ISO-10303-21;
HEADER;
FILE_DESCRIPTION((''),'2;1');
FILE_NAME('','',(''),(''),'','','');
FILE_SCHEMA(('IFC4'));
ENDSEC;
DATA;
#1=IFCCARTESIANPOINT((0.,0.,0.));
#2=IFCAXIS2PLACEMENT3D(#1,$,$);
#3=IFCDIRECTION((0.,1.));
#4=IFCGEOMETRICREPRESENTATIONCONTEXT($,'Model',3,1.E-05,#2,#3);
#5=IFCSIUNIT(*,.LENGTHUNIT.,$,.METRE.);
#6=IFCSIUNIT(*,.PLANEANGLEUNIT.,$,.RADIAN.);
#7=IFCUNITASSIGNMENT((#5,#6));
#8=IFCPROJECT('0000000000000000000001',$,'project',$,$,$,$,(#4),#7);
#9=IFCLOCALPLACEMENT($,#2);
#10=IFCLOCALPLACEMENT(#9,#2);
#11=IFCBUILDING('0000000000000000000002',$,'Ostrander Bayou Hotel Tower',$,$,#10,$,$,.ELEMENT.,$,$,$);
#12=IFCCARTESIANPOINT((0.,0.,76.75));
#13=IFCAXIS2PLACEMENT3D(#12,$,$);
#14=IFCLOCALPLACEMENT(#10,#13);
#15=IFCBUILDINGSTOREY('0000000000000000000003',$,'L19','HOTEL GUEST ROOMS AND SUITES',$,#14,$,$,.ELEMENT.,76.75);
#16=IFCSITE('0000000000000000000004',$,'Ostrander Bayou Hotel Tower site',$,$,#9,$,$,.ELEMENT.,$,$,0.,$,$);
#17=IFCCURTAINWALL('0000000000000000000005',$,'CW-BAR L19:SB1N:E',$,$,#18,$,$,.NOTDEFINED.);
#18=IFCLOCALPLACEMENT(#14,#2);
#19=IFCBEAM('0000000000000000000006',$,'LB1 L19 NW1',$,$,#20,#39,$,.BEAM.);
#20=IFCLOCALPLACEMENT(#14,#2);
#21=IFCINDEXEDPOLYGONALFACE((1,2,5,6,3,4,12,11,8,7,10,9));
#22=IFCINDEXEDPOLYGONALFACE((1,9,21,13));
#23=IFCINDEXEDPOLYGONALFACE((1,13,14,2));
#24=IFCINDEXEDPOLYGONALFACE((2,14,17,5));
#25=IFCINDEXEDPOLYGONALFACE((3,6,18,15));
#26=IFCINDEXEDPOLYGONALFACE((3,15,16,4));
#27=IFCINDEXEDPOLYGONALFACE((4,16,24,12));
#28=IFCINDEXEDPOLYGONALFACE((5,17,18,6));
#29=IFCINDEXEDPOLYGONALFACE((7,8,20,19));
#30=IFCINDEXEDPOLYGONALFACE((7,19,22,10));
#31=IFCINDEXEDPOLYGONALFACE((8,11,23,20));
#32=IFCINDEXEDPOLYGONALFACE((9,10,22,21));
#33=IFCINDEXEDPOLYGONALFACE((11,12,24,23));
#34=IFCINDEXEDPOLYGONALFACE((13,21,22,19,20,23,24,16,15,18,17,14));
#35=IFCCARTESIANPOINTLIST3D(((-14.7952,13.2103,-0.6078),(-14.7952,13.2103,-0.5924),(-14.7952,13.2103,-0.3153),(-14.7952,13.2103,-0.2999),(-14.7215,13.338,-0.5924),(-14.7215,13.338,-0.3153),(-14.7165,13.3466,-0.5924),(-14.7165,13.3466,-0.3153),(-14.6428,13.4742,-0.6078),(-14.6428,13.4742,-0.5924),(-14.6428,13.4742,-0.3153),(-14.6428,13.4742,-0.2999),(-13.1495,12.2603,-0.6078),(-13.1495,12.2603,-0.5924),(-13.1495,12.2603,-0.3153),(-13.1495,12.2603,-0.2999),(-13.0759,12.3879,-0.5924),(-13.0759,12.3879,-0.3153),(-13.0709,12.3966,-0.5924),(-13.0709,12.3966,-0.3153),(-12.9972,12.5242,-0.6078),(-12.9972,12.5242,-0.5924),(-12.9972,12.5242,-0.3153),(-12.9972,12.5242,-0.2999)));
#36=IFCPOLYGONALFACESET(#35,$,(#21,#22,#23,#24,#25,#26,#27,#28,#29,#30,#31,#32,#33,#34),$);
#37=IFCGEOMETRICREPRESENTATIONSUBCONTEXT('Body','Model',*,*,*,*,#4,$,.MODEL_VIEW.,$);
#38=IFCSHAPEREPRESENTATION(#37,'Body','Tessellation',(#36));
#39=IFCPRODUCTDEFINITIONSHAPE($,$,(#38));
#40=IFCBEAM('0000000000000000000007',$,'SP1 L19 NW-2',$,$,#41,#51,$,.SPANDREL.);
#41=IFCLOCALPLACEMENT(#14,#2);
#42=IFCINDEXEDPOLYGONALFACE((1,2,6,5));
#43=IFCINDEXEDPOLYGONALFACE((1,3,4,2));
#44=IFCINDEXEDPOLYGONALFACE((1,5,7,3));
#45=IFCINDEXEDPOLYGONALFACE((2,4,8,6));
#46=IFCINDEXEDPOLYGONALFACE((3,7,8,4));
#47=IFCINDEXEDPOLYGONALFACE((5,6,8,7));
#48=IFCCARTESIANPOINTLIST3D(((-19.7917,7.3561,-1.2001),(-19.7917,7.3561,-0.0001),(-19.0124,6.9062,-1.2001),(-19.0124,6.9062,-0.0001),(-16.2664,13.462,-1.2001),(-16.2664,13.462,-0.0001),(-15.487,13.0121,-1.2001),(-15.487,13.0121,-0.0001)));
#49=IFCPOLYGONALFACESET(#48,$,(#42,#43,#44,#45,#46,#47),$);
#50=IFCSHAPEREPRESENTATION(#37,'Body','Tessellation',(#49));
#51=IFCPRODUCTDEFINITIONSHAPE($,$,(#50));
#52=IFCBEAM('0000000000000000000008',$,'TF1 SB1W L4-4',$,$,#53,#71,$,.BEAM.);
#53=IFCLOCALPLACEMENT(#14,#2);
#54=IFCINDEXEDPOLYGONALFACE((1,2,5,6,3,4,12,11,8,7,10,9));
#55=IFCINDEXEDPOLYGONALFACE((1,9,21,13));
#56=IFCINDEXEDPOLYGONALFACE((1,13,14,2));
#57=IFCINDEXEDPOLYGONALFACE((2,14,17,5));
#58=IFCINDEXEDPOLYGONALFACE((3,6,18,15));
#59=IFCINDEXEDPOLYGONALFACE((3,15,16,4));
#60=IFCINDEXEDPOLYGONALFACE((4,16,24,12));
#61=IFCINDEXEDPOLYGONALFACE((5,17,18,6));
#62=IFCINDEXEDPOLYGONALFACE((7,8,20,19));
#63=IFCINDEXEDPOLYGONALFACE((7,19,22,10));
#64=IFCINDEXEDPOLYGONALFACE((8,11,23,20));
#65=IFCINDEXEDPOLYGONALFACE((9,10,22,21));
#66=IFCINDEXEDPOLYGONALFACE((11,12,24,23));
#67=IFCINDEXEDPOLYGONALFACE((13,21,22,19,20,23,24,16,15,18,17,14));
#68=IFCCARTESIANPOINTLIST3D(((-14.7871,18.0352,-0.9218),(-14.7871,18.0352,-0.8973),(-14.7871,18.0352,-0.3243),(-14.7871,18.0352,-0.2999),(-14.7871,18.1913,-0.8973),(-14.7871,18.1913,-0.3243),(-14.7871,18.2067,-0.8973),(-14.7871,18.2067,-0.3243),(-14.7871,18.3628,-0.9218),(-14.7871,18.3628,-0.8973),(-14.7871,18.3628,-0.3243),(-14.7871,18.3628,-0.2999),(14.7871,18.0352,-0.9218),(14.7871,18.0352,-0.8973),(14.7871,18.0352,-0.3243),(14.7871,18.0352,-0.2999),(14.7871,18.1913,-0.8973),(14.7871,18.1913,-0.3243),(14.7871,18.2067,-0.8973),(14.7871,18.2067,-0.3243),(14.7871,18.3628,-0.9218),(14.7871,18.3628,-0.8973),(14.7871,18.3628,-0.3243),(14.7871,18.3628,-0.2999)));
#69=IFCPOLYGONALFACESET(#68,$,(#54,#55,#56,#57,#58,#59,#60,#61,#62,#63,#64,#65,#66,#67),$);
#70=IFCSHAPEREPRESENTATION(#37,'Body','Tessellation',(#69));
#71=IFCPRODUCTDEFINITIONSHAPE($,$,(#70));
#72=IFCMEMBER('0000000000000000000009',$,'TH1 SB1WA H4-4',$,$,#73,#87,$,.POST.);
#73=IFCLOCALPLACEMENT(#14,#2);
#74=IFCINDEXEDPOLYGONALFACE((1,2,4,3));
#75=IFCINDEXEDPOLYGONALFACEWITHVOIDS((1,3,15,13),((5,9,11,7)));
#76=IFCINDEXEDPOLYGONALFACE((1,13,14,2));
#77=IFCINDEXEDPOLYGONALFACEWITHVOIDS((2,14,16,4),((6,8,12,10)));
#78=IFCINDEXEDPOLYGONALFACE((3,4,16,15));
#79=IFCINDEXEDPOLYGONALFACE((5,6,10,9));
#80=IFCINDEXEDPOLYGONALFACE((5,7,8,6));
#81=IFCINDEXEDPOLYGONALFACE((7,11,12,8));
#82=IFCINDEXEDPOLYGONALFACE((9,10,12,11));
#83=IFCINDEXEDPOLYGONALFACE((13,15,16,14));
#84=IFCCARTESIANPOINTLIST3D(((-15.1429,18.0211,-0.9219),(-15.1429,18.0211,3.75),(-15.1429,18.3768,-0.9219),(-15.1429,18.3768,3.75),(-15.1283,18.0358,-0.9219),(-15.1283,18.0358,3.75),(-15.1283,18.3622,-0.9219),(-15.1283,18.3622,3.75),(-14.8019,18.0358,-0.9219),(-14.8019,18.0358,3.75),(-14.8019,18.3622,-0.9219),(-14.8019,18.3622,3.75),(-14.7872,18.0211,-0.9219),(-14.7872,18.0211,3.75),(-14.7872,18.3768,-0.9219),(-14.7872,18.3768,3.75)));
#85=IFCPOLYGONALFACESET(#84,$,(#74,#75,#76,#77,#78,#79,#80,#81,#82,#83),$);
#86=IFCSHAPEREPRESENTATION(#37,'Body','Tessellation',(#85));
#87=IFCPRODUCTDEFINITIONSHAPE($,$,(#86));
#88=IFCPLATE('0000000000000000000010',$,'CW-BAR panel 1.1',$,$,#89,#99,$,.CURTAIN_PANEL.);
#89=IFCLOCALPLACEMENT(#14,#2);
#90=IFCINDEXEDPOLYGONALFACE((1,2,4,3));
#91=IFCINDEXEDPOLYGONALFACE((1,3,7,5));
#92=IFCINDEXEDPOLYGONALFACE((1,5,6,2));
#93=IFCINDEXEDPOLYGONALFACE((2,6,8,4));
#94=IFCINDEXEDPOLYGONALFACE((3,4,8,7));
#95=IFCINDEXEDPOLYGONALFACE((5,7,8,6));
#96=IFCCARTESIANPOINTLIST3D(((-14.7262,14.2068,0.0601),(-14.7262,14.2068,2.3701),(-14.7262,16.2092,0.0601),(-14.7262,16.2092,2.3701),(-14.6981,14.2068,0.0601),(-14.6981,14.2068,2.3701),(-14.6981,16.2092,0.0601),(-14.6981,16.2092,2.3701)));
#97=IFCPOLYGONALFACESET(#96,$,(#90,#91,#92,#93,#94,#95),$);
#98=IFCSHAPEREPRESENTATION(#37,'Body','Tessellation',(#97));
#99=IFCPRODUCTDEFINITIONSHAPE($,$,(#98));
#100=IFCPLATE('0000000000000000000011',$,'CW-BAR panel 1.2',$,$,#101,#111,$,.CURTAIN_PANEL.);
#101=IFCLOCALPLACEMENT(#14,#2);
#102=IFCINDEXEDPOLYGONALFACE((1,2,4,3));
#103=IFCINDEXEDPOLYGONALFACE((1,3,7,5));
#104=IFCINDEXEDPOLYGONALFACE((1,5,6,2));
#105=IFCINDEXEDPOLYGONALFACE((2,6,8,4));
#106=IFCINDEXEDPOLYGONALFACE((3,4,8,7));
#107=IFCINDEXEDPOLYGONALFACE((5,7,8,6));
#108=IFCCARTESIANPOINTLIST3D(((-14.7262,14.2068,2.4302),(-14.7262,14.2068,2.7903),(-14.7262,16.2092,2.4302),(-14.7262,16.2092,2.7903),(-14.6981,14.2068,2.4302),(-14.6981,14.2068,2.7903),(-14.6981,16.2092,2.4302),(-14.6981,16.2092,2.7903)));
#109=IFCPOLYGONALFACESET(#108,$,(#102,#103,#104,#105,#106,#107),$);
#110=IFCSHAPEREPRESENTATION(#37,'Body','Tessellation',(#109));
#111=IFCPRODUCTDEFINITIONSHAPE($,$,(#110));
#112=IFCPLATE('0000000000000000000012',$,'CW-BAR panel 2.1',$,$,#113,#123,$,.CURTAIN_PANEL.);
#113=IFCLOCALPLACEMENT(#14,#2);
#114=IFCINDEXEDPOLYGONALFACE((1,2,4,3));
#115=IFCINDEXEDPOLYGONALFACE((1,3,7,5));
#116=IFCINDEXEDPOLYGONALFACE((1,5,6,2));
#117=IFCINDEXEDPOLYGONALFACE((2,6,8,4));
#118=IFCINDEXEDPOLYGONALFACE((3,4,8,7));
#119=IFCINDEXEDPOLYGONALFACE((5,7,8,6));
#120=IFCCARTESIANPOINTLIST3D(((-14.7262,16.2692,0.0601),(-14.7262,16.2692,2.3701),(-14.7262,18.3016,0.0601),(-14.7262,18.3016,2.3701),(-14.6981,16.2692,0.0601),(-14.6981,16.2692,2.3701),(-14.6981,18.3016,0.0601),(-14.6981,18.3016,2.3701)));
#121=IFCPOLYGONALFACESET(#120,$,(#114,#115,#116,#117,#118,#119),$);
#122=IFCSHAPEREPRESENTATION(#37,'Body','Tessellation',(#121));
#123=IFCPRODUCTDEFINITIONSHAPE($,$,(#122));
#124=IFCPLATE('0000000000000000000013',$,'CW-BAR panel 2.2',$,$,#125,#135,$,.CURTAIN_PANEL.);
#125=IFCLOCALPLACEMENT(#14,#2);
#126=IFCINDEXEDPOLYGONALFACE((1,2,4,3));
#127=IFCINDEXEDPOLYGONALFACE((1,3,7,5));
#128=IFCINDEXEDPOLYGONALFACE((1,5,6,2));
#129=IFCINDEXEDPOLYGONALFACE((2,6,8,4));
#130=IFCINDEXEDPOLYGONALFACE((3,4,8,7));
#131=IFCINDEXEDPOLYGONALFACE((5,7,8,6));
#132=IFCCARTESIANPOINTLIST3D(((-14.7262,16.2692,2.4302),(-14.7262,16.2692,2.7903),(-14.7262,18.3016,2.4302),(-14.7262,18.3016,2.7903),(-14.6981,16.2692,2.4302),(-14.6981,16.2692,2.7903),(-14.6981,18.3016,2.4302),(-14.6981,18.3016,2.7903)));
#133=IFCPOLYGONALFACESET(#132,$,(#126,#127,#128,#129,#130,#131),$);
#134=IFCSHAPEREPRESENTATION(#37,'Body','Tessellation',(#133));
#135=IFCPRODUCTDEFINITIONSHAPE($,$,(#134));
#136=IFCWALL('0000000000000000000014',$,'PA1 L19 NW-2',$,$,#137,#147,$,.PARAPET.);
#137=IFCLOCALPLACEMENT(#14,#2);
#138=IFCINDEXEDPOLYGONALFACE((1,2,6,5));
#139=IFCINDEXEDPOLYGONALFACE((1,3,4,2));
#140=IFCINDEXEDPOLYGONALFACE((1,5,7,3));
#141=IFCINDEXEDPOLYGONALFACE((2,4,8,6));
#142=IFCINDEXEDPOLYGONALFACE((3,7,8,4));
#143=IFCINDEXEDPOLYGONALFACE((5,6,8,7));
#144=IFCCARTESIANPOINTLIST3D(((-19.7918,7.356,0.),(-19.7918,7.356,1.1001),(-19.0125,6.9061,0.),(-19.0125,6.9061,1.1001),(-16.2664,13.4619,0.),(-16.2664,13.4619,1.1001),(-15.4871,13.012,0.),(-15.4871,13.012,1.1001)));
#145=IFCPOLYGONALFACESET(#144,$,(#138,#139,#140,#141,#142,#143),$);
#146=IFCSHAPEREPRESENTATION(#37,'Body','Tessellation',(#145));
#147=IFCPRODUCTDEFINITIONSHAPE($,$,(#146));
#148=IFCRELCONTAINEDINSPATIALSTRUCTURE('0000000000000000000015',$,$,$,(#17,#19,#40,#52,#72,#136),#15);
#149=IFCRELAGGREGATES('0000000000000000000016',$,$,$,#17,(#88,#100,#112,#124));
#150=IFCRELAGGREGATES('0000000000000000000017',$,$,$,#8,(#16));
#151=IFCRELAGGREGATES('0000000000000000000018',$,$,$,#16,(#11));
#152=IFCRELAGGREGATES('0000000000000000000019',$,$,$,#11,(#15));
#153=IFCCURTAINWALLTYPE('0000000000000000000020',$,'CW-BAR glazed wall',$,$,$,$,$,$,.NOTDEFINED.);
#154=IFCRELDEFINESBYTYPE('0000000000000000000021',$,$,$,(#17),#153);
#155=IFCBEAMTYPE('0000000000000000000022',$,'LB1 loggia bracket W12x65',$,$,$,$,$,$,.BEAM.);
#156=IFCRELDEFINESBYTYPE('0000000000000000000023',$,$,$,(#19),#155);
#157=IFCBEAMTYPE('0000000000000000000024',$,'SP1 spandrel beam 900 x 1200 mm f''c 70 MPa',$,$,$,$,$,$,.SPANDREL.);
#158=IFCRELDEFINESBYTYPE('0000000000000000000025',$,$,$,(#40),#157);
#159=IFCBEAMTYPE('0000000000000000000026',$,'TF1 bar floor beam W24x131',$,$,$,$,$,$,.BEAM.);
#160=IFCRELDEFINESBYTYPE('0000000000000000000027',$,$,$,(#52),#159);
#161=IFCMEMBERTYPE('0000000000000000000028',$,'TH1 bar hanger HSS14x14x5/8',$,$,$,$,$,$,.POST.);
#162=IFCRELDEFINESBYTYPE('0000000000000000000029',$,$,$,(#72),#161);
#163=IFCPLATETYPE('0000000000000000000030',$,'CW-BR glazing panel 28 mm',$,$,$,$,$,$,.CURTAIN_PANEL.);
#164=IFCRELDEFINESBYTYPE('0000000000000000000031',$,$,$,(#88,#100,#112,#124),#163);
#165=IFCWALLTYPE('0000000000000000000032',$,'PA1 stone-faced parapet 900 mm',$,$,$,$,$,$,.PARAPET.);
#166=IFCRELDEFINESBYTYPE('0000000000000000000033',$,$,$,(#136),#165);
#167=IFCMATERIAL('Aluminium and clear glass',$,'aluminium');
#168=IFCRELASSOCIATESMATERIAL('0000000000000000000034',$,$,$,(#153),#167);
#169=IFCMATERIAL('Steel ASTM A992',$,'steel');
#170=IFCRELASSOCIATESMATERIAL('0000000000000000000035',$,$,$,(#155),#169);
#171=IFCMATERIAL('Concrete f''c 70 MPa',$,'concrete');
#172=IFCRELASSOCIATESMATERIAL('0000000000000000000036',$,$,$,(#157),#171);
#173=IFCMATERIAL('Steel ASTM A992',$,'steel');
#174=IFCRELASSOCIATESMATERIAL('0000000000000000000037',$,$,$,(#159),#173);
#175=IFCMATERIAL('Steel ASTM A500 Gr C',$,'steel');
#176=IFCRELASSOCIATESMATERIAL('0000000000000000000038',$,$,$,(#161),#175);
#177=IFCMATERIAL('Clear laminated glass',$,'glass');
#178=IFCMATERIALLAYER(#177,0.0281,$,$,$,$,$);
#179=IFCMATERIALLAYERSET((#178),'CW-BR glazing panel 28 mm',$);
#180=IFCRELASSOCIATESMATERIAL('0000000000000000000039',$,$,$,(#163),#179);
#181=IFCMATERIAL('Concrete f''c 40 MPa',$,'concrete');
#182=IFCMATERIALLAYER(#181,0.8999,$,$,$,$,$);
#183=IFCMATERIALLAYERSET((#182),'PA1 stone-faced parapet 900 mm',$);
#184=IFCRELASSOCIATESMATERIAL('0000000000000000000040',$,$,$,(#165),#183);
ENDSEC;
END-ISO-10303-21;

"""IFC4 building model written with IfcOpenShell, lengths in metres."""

from ifc_helpers import new_model, si_unit, direction, frame, frame_2d, origin, origin_2d, place, context, subcontext, project, spatial, rectangle, hollow_rectangle, i_section, extrude, material, layer, layer_set, material_profile, profile_set, type_object, element, aggregate, save


model = new_model("IFC4")

# Units and contexts
model_context = context("Model", 3, precision=1e-05, world=origin(), true_north=direction((0.0, 1.0)))
body_context = subcontext(model_context, "Body", "Model", "MODEL_VIEW")
ifc_project = project(units=[si_unit("LENGTHUNIT", "METRE"), si_unit("PLANEANGLEUNIT", "RADIAN")], contexts=[model_context])

# Site, building, storey
site_placement = place(None, origin())
site = spatial("IfcSite", under=ifc_project, at=site_placement, Name="Ostrander Bayou Hotel Tower site", CompositionType="ELEMENT", RefElevation=0.0)
building_placement = place(site_placement, origin())
building = spatial("IfcBuilding", under=site, at=building_placement, Name="Ostrander Bayou Hotel Tower", CompositionType="ELEMENT")
storey_placement = place(building_placement, frame((0.0, 0.0, 76.75)))
storey = spatial("IfcBuildingStorey", under=building, at=storey_placement, Name="L19", Description="HOTEL GUEST ROOMS AND SUITES", CompositionType="ELEMENT", Elevation=76.75)

# Curtain wall
ifc_material_1 = material(Name="Aluminium and clear glass", Category="aluminium")
curtain_wall_type = type_object("IfcCurtainWallType", Name="CW-BAR glazed wall", PredefinedType="NOTDEFINED", material=ifc_material_1)
curtain_wall_placement = place(storey_placement, origin())
curtain_wall = element("IfcCurtainWall", 1, at=curtain_wall_placement, inside=storey, type_object=curtain_wall_type, Name="CW-BAR L19:SB1N:E", PredefinedType="NOTDEFINED")

# Beams
ifc_material_2 = material(Name="Steel ASTM A992", Category="steel")
ifc_material_profile_1 = material_profile(ifc_material_2, i_section(OverallWidth=0.3047, OverallDepth=0.3079, WebThickness=0.01, FlangeThickness=0.0154, at=origin_2d()))
ifc_profile_set_1 = profile_set([ifc_material_profile_1], Name="Steel ASTM A992")
beam_type_1 = type_object("IfcBeamType", Name="LB1 loggia bracket W12x65", PredefinedType="BEAM", material=ifc_profile_set_1)
beam_1_placement = place(storey_placement, frame((-14.719, 13.3423, -0.4539), z_axis=(0.866044, -0.499967, 0.0), x_axis=(0.499967, 0.866044, 0.0)))
element("IfcBeam", 2, at=beam_1_placement, inside=storey, type_object=beam_type_1, Name="LB1 L19 NW1", PredefinedType="BEAM", context=body_context, shape_type="SweptSolid", body=[
    extrude(i_section(OverallWidth=0.3047, OverallDepth=0.3079, WebThickness=0.01, FlangeThickness=0.0154, at=origin_2d()), origin(), (0.0, 0.0, 1.0), 1.9001),
])
ifc_material_3 = material(Name="Concrete f'c 70 MPa", Category="concrete")
ifc_material_profile_2 = material_profile(ifc_material_3, rectangle(XDim=0.8999, YDim=1.2, at=origin_2d()))
ifc_profile_set_2 = profile_set([ifc_material_profile_2], Name="Concrete f'c 70 MPa")
beam_type_2 = type_object("IfcBeamType", Name="SP1 spandrel beam 900 x 1200 mm f'c 70 MPa", PredefinedType="SPANDREL", material=ifc_profile_set_2)
beam_2_placement = place(storey_placement, frame((-15.8767, 13.2371, -0.6001), z_axis=(-0.500012, -0.866018, 0.0), x_axis=(0.866018, -0.500012, 0.0)))
element("IfcBeam", 3, at=beam_2_placement, inside=storey, type_object=beam_type_2, Name="SP1 L19 NW-2", PredefinedType="SPANDREL", context=body_context, shape_type="SweptSolid", body=[
    extrude(rectangle(XDim=0.8999, YDim=1.2, at=origin_2d()), origin(), (0.0, 0.0, 1.0), 7.0505),
])
ifc_material_4 = material(Name="Steel ASTM A992", Category="steel")
ifc_material_profile_3 = material_profile(ifc_material_4, i_section(OverallWidth=0.3276, OverallDepth=0.6218, WebThickness=0.0154, FlangeThickness=0.0244, at=origin_2d()))
ifc_profile_set_3 = profile_set([ifc_material_profile_3], Name="Steel ASTM A992")
beam_type_3 = type_object("IfcBeamType", Name="TF1 bar floor beam W24x131", PredefinedType="BEAM", material=ifc_profile_set_3)
beam_3_placement = place(storey_placement, frame((-14.7871, 18.199, -0.6108), z_axis=(1.0, 0.0, 0.0), x_axis=(0.0, 1.0, 0.0)))
element("IfcBeam", 4, at=beam_3_placement, inside=storey, type_object=beam_type_3, Name="TF1 SB1W L4-4", PredefinedType="BEAM", context=body_context, shape_type="SweptSolid", body=[
    extrude(i_section(OverallWidth=0.3276, OverallDepth=0.6218, WebThickness=0.0154, FlangeThickness=0.0244, at=origin_2d()), origin(), (0.0, 0.0, 1.0), 29.5742),
])

# Member
ifc_material_5 = material(Name="Steel ASTM A500 Gr C", Category="steel")
ifc_material_profile_4 = material_profile(ifc_material_5, hollow_rectangle(XDim=0.3557, YDim=0.3557, WallThickness=0.0146, at=origin_2d()))
ifc_profile_set_4 = profile_set([ifc_material_profile_4], Name="Steel ASTM A500 Gr C")
member_type_1 = type_object("IfcMemberType", Name="TH1 bar hanger HSS14x14x5/8", PredefinedType="POST", material=ifc_profile_set_4)
member_1_placement = place(storey_placement, frame((-14.9651, 18.199, -0.9219), z_axis=(0.0, 0.0, 1.0), x_axis=(1.0, 0.0, 0.0)))
element("IfcMember", 5, at=member_1_placement, inside=storey, type_object=member_type_1, Name="TH1 SB1WA H4-4", PredefinedType="POST", context=body_context, shape_type="SweptSolid", body=[
    extrude(hollow_rectangle(XDim=0.3557, YDim=0.3557, WallThickness=0.0146, at=origin_2d()), origin(), (0.0, 0.0, 1.0), 4.6719),
])

# Plates
ifc_material_6 = material(Name="Clear laminated glass", Category="glass")
ifc_layer_1 = layer(ifc_material_6, 0.0281)
ifc_layer_set_1 = layer_set([ifc_layer_1], Name="CW-BR glazing panel 28 mm")
plate_type = type_object("IfcPlateType", Name="CW-BR glazing panel 28 mm", PredefinedType="CURTAIN_PANEL", material=ifc_layer_set_1)
plate_1_placement = place(storey_placement, frame((-14.7122, 15.208, 0.0601), z_axis=(0.0, 0.0, 1.0), x_axis=(0.0, 1.0, 0.0)))
plate_1 = element("IfcPlate", 6, at=plate_1_placement, type_object=plate_type, Name="CW-BAR panel 1.1", PredefinedType="CURTAIN_PANEL", context=body_context, shape_type="SweptSolid", body=[
    extrude(rectangle(XDim=2.0024, YDim=0.0281, at=origin_2d()), origin(), (0.0, 0.0, 1.0), 2.3101),
])
plate_2_placement = place(storey_placement, frame((-14.7122, 15.208, 2.4302), z_axis=(0.0, 0.0, 1.0), x_axis=(0.0, 1.0, 0.0)))
plate_2 = element("IfcPlate", 7, at=plate_2_placement, type_object=plate_type, Name="CW-BAR panel 1.2", PredefinedType="CURTAIN_PANEL", context=body_context, shape_type="SweptSolid", body=[
    extrude(rectangle(XDim=2.0024, YDim=0.0281, at=origin_2d()), origin(), (0.0, 0.0, 1.0), 0.3601),
])
plate_3_placement = place(storey_placement, frame((-14.7122, 17.2854, 0.0601), z_axis=(0.0, 0.0, 1.0), x_axis=(0.0, 1.0, 0.0)))
plate_3 = element("IfcPlate", 8, at=plate_3_placement, type_object=plate_type, Name="CW-BAR panel 2.1", PredefinedType="CURTAIN_PANEL", context=body_context, shape_type="SweptSolid", body=[
    extrude(rectangle(XDim=2.0325, YDim=0.0281, at=origin_2d()), origin(), (0.0, 0.0, 1.0), 2.3101),
])
plate_4_placement = place(storey_placement, frame((-14.7122, 17.2854, 2.4302), z_axis=(0.0, 0.0, 1.0), x_axis=(0.0, 1.0, 0.0)))
plate_4 = element("IfcPlate", 9, at=plate_4_placement, type_object=plate_type, Name="CW-BAR panel 2.2", PredefinedType="CURTAIN_PANEL", context=body_context, shape_type="SweptSolid", body=[
    extrude(rectangle(XDim=2.0325, YDim=0.0281, at=origin_2d()), origin(), (0.0, 0.0, 1.0), 0.3601),
])
aggregate(curtain_wall, [plate_1, plate_2, plate_3, plate_4])

# Wall
ifc_material_7 = material(Name="Concrete f'c 40 MPa", Category="concrete")
ifc_layer_2 = layer(ifc_material_7, 0.8999)
ifc_layer_set_2 = layer_set([ifc_layer_2], Name="PA1 stone-faced parapet 900 mm")
wall_type = type_object("IfcWallType", Name="PA1 stone-faced parapet 900 mm", PredefinedType="PARAPET", material=ifc_layer_set_2)
wall_placement = place(storey_placement, frame((-15.8767, 13.2371, 0.0), z_axis=(0.0, 0.0, 1.0), x_axis=(-0.500012, -0.866018, 0.0)))
element("IfcWall", 10, at=wall_placement, inside=storey, type_object=wall_type, Name="PA1 L19 NW-2", PredefinedType="PARAPET", context=body_context, shape_type="SweptSolid", body=[
    extrude(rectangle(XDim=7.0505, YDim=0.8999, at=frame_2d((3.5254, 0.0))), origin(), (0.0, 0.0, 1.0), 1.1001),
])

save(model, "model.ifc")
